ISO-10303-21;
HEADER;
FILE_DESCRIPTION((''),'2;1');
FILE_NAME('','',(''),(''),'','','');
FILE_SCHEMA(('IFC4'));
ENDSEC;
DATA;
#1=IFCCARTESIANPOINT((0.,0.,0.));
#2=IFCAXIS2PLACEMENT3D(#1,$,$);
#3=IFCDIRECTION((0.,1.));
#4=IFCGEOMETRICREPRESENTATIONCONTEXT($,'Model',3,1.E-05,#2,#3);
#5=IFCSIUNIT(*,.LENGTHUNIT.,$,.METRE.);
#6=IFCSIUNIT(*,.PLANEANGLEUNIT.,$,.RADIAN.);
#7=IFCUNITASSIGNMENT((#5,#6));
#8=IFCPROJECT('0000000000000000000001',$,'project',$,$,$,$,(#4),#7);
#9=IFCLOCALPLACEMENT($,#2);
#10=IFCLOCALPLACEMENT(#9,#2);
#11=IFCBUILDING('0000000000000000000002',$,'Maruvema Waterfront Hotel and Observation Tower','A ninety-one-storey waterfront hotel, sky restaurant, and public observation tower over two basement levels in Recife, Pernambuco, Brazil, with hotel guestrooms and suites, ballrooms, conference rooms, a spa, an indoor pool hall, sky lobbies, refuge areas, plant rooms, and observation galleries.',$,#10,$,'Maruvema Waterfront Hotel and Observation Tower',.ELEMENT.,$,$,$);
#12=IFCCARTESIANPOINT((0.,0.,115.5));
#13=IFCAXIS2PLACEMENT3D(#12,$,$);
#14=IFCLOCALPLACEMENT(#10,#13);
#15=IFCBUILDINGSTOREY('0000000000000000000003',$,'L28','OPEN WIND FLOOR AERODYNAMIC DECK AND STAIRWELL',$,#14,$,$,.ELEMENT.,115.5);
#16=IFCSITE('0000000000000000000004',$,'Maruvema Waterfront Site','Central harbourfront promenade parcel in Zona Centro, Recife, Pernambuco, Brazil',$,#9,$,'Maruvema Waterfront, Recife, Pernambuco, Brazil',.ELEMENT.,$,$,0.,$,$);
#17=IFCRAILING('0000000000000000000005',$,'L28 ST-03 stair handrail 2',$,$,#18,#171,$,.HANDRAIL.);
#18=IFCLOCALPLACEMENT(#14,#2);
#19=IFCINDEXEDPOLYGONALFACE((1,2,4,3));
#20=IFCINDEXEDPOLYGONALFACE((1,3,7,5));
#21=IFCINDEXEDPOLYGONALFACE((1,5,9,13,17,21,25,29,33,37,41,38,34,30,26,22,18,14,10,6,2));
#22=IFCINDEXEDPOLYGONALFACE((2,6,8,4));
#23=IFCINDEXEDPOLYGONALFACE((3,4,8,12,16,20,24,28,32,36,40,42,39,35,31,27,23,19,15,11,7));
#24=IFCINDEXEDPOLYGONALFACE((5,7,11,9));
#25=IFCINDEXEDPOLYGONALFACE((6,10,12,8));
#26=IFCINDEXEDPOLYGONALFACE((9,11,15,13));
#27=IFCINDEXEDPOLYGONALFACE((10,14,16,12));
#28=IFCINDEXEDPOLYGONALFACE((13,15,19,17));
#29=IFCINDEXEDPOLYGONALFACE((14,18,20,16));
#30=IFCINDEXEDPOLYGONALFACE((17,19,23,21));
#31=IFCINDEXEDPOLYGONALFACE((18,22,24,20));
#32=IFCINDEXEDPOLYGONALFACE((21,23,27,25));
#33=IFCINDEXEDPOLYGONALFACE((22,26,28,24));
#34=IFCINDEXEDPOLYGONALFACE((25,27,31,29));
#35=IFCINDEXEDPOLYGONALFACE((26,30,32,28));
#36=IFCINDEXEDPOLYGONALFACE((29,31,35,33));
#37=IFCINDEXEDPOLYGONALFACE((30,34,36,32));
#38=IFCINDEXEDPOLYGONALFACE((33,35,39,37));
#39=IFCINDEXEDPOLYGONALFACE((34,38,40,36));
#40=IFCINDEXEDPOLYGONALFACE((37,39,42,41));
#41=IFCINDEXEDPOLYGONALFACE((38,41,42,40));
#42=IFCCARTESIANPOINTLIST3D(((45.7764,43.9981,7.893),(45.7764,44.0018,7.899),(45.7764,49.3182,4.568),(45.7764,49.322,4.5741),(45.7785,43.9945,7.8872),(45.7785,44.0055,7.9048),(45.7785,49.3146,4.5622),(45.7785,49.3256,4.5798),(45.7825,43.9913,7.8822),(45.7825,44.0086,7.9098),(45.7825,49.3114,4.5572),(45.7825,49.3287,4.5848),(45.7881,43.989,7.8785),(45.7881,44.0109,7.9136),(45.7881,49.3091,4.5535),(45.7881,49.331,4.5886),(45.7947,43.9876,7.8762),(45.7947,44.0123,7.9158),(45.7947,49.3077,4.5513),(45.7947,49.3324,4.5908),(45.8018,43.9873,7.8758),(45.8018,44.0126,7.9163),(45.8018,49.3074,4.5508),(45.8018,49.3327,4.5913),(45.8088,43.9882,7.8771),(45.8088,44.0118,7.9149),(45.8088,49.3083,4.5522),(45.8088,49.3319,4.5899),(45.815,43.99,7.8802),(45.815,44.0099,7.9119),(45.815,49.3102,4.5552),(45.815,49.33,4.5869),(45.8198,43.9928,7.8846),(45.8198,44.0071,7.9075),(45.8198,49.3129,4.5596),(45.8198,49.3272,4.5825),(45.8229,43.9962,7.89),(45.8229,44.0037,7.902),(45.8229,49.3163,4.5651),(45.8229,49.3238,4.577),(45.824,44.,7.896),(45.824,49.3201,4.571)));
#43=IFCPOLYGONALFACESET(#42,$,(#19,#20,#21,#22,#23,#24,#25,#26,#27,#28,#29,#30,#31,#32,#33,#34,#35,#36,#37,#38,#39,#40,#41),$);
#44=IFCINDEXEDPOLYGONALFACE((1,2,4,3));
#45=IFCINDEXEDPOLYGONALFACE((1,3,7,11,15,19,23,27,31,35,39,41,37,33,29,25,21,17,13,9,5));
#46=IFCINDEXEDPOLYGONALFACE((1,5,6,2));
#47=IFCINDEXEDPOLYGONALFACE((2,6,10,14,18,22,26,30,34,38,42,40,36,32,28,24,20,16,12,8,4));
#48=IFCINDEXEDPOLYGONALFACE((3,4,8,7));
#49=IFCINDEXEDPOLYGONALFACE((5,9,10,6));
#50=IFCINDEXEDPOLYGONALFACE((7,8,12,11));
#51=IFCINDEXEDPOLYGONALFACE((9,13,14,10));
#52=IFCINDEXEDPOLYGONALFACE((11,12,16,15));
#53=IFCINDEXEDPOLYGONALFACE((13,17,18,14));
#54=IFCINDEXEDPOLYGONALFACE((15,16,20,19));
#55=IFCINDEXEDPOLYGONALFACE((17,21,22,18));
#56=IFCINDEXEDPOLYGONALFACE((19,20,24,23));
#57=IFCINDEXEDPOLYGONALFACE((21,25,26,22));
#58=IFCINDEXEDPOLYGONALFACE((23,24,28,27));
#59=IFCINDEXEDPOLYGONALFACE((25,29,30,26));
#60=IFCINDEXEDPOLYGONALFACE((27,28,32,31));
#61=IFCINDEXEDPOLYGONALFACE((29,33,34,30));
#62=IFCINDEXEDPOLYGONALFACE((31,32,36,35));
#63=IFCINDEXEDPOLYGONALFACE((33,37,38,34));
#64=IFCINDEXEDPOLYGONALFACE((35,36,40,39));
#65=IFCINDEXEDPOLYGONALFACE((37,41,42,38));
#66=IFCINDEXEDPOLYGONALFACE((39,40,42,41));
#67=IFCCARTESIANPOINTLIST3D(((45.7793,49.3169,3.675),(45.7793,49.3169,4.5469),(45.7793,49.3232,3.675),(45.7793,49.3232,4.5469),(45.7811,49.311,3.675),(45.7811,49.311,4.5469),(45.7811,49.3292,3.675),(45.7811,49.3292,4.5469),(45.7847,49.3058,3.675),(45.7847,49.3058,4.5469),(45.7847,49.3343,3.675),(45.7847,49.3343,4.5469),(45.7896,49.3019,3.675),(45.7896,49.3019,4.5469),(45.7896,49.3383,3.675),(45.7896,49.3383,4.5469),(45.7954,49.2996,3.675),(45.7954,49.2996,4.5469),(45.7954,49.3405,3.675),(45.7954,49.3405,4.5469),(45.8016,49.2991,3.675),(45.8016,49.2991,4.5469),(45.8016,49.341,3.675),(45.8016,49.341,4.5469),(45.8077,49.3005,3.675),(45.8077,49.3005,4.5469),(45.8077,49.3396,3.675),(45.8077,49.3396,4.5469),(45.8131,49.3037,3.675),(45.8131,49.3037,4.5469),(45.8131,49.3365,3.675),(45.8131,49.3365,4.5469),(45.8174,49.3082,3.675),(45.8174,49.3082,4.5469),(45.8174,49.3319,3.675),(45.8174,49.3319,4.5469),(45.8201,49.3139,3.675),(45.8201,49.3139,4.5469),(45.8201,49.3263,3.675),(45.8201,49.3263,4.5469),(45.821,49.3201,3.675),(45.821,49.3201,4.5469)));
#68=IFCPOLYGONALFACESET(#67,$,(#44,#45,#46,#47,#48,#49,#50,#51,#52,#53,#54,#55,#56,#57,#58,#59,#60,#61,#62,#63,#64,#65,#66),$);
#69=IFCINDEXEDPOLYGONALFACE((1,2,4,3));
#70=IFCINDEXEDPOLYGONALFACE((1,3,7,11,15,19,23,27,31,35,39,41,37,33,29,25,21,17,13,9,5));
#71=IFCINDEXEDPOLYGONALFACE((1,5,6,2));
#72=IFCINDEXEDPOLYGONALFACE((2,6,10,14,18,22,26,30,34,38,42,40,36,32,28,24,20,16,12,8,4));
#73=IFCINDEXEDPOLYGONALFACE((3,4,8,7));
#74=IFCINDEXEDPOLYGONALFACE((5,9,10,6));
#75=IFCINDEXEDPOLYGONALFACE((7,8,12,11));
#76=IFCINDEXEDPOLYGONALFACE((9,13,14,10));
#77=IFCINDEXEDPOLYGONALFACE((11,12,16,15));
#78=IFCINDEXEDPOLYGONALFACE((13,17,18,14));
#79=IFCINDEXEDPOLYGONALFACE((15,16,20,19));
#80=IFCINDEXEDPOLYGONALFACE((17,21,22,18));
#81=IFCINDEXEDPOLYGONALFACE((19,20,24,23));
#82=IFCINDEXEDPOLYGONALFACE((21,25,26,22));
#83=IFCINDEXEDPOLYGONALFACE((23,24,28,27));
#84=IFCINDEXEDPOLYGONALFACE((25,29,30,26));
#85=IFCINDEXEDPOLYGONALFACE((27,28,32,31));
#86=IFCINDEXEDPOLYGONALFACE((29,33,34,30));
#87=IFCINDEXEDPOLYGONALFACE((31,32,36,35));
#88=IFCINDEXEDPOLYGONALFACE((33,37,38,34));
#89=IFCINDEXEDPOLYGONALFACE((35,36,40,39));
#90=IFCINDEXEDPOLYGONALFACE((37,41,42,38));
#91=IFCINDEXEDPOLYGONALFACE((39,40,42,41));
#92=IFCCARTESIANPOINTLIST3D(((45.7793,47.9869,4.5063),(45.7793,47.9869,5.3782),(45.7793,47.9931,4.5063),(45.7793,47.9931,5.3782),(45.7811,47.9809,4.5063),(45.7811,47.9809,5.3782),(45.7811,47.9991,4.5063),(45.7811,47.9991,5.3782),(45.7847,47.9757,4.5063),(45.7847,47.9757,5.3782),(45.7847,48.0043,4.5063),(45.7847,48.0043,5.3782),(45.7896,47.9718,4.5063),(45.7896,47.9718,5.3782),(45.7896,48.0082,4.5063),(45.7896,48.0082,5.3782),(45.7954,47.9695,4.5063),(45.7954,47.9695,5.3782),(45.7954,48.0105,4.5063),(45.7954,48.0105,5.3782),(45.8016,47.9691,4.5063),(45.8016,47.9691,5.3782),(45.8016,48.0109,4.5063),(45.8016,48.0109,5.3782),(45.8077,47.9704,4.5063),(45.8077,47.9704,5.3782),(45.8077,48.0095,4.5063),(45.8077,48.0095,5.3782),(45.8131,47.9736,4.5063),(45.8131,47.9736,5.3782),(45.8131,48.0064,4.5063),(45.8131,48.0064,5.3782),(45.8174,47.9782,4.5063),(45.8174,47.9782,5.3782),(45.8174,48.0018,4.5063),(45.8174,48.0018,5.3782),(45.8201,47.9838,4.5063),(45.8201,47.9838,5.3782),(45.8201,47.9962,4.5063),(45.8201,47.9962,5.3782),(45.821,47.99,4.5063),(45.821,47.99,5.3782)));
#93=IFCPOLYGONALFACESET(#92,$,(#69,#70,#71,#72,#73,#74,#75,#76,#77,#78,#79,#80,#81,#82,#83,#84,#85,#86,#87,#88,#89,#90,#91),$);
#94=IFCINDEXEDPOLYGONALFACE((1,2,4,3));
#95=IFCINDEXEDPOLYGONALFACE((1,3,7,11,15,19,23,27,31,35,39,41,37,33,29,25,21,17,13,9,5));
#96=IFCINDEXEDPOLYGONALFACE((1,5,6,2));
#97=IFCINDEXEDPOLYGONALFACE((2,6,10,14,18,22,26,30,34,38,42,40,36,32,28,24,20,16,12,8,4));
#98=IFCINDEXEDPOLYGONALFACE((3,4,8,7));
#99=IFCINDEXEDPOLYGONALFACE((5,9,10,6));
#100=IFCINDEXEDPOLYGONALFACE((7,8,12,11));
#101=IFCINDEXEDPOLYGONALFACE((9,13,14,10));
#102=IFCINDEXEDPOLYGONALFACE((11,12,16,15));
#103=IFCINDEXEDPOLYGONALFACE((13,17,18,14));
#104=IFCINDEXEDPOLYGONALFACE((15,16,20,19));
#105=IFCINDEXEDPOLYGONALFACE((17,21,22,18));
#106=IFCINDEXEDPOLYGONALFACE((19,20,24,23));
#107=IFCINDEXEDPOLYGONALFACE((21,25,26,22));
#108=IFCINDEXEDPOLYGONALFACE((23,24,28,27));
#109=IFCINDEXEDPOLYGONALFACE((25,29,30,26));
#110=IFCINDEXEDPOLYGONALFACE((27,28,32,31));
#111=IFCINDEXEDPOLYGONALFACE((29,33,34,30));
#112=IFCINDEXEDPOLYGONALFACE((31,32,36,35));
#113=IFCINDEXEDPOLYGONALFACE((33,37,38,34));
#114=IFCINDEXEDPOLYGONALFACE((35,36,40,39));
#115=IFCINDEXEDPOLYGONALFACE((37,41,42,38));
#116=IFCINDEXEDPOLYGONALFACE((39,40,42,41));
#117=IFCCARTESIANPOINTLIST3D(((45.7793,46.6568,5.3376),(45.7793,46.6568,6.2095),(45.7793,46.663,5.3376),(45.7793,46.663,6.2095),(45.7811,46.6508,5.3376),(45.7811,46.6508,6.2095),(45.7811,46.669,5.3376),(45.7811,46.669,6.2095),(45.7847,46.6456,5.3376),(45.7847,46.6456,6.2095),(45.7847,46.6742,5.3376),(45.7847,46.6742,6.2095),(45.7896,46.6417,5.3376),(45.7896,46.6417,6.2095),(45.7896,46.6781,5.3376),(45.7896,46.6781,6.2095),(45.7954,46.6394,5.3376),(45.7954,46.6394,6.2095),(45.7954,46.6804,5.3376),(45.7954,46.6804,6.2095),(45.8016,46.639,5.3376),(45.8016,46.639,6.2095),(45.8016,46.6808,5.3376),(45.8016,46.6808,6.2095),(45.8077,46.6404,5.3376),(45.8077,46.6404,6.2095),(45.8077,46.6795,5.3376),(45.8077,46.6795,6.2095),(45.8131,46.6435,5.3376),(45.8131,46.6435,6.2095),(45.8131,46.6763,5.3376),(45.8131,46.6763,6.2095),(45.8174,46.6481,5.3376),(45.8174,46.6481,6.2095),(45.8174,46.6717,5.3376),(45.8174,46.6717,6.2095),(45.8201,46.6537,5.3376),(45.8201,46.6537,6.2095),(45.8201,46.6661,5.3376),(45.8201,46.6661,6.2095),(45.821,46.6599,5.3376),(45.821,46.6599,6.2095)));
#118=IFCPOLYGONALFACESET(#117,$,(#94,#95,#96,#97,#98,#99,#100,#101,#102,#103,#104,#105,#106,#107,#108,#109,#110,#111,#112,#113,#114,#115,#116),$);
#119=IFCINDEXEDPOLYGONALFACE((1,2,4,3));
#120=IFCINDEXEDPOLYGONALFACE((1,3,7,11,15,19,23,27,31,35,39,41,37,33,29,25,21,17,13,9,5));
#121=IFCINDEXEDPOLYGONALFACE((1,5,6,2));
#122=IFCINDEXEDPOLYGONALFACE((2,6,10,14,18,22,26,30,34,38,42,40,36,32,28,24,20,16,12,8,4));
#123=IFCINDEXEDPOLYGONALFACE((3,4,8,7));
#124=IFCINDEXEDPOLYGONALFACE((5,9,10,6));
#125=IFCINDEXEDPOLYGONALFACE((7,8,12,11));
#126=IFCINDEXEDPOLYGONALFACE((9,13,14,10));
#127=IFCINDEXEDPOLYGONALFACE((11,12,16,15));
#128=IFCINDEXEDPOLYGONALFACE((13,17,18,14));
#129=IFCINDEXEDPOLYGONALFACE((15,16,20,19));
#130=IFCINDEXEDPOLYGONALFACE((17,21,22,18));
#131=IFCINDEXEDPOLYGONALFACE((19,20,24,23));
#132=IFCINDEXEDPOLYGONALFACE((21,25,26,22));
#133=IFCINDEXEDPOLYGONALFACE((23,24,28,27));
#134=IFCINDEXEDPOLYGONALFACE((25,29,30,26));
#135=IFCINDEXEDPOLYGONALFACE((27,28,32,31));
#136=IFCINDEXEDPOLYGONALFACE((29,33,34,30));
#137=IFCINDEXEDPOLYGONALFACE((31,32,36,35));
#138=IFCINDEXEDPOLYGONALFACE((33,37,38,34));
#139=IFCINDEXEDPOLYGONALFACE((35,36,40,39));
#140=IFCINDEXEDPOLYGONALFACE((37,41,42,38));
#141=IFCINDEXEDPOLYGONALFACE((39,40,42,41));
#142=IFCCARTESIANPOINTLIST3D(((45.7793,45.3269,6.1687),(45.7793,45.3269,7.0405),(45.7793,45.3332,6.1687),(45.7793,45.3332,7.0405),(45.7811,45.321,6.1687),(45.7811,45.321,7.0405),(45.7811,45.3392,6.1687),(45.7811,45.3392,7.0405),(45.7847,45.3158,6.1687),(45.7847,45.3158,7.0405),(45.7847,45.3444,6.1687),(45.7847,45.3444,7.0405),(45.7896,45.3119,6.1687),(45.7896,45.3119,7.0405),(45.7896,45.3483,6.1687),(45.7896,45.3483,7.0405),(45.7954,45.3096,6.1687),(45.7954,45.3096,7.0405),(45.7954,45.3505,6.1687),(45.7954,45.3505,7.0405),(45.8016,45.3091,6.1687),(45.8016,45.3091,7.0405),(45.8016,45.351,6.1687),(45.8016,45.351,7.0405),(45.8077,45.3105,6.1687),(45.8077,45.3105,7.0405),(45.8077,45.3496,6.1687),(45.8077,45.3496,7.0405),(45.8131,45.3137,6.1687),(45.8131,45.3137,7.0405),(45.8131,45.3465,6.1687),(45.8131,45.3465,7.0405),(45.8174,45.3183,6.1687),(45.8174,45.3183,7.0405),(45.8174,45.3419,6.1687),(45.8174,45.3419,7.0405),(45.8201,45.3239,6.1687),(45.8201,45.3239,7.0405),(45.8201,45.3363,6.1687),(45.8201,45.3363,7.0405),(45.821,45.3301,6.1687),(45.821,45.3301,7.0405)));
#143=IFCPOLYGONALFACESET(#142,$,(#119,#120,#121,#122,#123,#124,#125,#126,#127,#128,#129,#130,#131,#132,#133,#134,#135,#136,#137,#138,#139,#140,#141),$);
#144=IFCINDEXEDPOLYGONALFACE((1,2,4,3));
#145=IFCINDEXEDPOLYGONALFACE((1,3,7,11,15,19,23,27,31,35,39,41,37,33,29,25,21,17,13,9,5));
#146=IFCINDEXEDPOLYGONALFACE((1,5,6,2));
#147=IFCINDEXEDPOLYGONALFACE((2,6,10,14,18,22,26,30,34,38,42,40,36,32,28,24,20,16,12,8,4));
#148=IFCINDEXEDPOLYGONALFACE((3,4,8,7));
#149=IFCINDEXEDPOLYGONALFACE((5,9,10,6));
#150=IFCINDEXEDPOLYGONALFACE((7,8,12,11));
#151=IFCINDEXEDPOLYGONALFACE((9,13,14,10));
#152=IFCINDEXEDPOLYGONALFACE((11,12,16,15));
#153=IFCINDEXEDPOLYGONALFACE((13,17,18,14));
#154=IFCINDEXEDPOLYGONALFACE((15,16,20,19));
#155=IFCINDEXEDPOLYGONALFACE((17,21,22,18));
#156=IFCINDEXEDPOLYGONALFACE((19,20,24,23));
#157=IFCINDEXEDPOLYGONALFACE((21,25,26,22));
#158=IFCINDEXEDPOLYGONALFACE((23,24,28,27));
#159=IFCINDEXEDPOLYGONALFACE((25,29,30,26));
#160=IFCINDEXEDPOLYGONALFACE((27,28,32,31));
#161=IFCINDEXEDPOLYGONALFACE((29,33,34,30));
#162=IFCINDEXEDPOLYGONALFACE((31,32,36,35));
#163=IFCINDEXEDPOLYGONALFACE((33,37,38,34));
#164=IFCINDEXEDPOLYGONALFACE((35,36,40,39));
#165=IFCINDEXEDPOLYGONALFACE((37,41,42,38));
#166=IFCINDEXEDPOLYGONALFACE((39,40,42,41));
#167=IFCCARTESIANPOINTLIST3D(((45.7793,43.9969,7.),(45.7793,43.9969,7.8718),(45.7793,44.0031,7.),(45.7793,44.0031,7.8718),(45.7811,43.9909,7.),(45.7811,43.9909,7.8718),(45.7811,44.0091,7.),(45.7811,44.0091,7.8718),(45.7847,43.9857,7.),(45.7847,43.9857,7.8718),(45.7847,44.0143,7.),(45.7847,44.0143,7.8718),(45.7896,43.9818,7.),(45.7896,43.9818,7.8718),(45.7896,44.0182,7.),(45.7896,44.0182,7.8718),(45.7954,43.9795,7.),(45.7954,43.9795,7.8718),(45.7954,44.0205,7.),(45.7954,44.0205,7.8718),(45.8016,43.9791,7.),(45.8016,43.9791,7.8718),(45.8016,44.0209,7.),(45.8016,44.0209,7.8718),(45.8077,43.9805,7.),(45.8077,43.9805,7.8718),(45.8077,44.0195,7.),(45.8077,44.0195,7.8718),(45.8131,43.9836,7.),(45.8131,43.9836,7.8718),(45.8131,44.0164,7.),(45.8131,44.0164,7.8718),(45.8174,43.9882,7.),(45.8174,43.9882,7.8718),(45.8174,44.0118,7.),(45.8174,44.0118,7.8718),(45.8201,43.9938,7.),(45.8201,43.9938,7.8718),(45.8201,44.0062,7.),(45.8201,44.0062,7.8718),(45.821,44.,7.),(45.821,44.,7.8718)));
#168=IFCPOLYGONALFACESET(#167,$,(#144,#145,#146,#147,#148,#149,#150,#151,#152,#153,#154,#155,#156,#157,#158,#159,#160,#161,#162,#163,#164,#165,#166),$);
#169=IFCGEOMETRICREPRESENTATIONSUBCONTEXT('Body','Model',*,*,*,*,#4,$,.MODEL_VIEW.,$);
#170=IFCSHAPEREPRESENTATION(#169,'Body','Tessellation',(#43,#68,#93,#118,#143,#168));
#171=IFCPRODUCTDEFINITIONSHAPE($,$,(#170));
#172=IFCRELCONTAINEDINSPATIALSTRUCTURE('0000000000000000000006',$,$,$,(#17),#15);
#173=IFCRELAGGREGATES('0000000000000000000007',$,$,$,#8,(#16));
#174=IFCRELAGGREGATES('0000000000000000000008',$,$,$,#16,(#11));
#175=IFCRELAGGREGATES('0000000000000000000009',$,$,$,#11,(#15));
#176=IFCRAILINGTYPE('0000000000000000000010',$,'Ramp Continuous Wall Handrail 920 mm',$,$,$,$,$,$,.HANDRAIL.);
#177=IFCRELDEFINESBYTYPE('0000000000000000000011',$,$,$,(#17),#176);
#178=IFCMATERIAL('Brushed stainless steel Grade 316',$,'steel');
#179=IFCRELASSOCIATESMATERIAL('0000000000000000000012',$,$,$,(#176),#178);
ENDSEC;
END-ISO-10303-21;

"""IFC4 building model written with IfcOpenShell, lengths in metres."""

from ifc_helpers import new_model, si_unit, direction, frame, origin, origin_2d, place, context, subcontext, project, spatial, circle, extrude, material, type_object, element, save


model = new_model("IFC4")

# Units and contexts
model_context = context("Model", 3, precision=1e-05, world=origin(), true_north=direction((0.0, 1.0)))
body_context = subcontext(model_context, "Body", "Model", "MODEL_VIEW")
ifc_project = project(units=[si_unit("LENGTHUNIT", "METRE"), si_unit("PLANEANGLEUNIT", "RADIAN")], contexts=[model_context])

# Site, building, storey
site_placement = place(None, origin())
site = spatial("IfcSite", under=ifc_project, at=site_placement, Name="Maruvema Waterfront Site", Description="Central harbourfront promenade parcel in Zona Centro, Recife, Pernambuco, Brazil", LongName="Maruvema Waterfront, Recife, Pernambuco, Brazil", CompositionType="ELEMENT", RefElevation=0.0)
building_placement = place(site_placement, origin())
building = spatial("IfcBuilding", under=site, at=building_placement, Name="Maruvema Waterfront Hotel and Observation Tower", Description="A ninety-one-storey waterfront hotel, sky restaurant, and public observation tower over two basement levels in Recife, Pernambuco, Brazil, with hotel guestrooms and suites, ballrooms, conference rooms, a spa, an indoor pool hall, sky lobbies, refuge areas, plant rooms, and observation galleries.", LongName="Maruvema Waterfront Hotel and Observation Tower", CompositionType="ELEMENT")
storey_placement = place(building_placement, frame((0.0, 0.0, 115.5)))
storey = spatial("IfcBuildingStorey", under=building, at=storey_placement, Name="L28", Description="OPEN WIND FLOOR AERODYNAMIC DECK AND STAIRWELL", CompositionType="ELEMENT", Elevation=115.5)

# Railing
ifc_material_1 = material(Name="Brushed stainless steel Grade 316", Category="steel")
railing_type_1 = type_object("IfcRailingType", Name="Ramp Continuous Wall Handrail 920 mm", PredefinedType="HANDRAIL", material=ifc_material_1)
railing_1_placement = place(storey_placement, frame((45.8, 49.3201, 3.675)))
element("IfcRailing", 1, at=railing_1_placement, inside=storey, type_object=railing_type_1, Name="L28 ST-03 stair handrail 2", PredefinedType="HANDRAIL", context=body_context, shape_type="SweptSolid", body=[
    extrude(circle(Radius=0.0239, at=origin_2d()), frame((0.0, 0.0, 0.896), z_axis=(0.0, -0.848005, 0.529988), x_axis=(1.0, 0.0, 0.0)), (0.0, 0.0, 1.0), 6.2737),
    extrude(circle(Radius=0.021, at=origin_2d()), origin(), (0.0, 0.0, 1.0), 0.8718),
    extrude(circle(Radius=0.021, at=origin_2d()), frame((0.0, -1.3301, 0.8313)), (0.0, 0.0, 1.0), 0.8718),
    extrude(circle(Radius=0.021, at=origin_2d()), frame((0.0, -2.6602, 1.6626)), (0.0, 0.0, 1.0), 0.8718),
    extrude(circle(Radius=0.021, at=origin_2d()), frame((0.0, -3.99, 2.4937)), (0.0, 0.0, 1.0), 0.8718),
    extrude(circle(Radius=0.021, at=origin_2d()), frame((0.0, -5.3201, 3.325)), (0.0, 0.0, 1.0), 0.8718),
])

save(model, "model.ifc")
